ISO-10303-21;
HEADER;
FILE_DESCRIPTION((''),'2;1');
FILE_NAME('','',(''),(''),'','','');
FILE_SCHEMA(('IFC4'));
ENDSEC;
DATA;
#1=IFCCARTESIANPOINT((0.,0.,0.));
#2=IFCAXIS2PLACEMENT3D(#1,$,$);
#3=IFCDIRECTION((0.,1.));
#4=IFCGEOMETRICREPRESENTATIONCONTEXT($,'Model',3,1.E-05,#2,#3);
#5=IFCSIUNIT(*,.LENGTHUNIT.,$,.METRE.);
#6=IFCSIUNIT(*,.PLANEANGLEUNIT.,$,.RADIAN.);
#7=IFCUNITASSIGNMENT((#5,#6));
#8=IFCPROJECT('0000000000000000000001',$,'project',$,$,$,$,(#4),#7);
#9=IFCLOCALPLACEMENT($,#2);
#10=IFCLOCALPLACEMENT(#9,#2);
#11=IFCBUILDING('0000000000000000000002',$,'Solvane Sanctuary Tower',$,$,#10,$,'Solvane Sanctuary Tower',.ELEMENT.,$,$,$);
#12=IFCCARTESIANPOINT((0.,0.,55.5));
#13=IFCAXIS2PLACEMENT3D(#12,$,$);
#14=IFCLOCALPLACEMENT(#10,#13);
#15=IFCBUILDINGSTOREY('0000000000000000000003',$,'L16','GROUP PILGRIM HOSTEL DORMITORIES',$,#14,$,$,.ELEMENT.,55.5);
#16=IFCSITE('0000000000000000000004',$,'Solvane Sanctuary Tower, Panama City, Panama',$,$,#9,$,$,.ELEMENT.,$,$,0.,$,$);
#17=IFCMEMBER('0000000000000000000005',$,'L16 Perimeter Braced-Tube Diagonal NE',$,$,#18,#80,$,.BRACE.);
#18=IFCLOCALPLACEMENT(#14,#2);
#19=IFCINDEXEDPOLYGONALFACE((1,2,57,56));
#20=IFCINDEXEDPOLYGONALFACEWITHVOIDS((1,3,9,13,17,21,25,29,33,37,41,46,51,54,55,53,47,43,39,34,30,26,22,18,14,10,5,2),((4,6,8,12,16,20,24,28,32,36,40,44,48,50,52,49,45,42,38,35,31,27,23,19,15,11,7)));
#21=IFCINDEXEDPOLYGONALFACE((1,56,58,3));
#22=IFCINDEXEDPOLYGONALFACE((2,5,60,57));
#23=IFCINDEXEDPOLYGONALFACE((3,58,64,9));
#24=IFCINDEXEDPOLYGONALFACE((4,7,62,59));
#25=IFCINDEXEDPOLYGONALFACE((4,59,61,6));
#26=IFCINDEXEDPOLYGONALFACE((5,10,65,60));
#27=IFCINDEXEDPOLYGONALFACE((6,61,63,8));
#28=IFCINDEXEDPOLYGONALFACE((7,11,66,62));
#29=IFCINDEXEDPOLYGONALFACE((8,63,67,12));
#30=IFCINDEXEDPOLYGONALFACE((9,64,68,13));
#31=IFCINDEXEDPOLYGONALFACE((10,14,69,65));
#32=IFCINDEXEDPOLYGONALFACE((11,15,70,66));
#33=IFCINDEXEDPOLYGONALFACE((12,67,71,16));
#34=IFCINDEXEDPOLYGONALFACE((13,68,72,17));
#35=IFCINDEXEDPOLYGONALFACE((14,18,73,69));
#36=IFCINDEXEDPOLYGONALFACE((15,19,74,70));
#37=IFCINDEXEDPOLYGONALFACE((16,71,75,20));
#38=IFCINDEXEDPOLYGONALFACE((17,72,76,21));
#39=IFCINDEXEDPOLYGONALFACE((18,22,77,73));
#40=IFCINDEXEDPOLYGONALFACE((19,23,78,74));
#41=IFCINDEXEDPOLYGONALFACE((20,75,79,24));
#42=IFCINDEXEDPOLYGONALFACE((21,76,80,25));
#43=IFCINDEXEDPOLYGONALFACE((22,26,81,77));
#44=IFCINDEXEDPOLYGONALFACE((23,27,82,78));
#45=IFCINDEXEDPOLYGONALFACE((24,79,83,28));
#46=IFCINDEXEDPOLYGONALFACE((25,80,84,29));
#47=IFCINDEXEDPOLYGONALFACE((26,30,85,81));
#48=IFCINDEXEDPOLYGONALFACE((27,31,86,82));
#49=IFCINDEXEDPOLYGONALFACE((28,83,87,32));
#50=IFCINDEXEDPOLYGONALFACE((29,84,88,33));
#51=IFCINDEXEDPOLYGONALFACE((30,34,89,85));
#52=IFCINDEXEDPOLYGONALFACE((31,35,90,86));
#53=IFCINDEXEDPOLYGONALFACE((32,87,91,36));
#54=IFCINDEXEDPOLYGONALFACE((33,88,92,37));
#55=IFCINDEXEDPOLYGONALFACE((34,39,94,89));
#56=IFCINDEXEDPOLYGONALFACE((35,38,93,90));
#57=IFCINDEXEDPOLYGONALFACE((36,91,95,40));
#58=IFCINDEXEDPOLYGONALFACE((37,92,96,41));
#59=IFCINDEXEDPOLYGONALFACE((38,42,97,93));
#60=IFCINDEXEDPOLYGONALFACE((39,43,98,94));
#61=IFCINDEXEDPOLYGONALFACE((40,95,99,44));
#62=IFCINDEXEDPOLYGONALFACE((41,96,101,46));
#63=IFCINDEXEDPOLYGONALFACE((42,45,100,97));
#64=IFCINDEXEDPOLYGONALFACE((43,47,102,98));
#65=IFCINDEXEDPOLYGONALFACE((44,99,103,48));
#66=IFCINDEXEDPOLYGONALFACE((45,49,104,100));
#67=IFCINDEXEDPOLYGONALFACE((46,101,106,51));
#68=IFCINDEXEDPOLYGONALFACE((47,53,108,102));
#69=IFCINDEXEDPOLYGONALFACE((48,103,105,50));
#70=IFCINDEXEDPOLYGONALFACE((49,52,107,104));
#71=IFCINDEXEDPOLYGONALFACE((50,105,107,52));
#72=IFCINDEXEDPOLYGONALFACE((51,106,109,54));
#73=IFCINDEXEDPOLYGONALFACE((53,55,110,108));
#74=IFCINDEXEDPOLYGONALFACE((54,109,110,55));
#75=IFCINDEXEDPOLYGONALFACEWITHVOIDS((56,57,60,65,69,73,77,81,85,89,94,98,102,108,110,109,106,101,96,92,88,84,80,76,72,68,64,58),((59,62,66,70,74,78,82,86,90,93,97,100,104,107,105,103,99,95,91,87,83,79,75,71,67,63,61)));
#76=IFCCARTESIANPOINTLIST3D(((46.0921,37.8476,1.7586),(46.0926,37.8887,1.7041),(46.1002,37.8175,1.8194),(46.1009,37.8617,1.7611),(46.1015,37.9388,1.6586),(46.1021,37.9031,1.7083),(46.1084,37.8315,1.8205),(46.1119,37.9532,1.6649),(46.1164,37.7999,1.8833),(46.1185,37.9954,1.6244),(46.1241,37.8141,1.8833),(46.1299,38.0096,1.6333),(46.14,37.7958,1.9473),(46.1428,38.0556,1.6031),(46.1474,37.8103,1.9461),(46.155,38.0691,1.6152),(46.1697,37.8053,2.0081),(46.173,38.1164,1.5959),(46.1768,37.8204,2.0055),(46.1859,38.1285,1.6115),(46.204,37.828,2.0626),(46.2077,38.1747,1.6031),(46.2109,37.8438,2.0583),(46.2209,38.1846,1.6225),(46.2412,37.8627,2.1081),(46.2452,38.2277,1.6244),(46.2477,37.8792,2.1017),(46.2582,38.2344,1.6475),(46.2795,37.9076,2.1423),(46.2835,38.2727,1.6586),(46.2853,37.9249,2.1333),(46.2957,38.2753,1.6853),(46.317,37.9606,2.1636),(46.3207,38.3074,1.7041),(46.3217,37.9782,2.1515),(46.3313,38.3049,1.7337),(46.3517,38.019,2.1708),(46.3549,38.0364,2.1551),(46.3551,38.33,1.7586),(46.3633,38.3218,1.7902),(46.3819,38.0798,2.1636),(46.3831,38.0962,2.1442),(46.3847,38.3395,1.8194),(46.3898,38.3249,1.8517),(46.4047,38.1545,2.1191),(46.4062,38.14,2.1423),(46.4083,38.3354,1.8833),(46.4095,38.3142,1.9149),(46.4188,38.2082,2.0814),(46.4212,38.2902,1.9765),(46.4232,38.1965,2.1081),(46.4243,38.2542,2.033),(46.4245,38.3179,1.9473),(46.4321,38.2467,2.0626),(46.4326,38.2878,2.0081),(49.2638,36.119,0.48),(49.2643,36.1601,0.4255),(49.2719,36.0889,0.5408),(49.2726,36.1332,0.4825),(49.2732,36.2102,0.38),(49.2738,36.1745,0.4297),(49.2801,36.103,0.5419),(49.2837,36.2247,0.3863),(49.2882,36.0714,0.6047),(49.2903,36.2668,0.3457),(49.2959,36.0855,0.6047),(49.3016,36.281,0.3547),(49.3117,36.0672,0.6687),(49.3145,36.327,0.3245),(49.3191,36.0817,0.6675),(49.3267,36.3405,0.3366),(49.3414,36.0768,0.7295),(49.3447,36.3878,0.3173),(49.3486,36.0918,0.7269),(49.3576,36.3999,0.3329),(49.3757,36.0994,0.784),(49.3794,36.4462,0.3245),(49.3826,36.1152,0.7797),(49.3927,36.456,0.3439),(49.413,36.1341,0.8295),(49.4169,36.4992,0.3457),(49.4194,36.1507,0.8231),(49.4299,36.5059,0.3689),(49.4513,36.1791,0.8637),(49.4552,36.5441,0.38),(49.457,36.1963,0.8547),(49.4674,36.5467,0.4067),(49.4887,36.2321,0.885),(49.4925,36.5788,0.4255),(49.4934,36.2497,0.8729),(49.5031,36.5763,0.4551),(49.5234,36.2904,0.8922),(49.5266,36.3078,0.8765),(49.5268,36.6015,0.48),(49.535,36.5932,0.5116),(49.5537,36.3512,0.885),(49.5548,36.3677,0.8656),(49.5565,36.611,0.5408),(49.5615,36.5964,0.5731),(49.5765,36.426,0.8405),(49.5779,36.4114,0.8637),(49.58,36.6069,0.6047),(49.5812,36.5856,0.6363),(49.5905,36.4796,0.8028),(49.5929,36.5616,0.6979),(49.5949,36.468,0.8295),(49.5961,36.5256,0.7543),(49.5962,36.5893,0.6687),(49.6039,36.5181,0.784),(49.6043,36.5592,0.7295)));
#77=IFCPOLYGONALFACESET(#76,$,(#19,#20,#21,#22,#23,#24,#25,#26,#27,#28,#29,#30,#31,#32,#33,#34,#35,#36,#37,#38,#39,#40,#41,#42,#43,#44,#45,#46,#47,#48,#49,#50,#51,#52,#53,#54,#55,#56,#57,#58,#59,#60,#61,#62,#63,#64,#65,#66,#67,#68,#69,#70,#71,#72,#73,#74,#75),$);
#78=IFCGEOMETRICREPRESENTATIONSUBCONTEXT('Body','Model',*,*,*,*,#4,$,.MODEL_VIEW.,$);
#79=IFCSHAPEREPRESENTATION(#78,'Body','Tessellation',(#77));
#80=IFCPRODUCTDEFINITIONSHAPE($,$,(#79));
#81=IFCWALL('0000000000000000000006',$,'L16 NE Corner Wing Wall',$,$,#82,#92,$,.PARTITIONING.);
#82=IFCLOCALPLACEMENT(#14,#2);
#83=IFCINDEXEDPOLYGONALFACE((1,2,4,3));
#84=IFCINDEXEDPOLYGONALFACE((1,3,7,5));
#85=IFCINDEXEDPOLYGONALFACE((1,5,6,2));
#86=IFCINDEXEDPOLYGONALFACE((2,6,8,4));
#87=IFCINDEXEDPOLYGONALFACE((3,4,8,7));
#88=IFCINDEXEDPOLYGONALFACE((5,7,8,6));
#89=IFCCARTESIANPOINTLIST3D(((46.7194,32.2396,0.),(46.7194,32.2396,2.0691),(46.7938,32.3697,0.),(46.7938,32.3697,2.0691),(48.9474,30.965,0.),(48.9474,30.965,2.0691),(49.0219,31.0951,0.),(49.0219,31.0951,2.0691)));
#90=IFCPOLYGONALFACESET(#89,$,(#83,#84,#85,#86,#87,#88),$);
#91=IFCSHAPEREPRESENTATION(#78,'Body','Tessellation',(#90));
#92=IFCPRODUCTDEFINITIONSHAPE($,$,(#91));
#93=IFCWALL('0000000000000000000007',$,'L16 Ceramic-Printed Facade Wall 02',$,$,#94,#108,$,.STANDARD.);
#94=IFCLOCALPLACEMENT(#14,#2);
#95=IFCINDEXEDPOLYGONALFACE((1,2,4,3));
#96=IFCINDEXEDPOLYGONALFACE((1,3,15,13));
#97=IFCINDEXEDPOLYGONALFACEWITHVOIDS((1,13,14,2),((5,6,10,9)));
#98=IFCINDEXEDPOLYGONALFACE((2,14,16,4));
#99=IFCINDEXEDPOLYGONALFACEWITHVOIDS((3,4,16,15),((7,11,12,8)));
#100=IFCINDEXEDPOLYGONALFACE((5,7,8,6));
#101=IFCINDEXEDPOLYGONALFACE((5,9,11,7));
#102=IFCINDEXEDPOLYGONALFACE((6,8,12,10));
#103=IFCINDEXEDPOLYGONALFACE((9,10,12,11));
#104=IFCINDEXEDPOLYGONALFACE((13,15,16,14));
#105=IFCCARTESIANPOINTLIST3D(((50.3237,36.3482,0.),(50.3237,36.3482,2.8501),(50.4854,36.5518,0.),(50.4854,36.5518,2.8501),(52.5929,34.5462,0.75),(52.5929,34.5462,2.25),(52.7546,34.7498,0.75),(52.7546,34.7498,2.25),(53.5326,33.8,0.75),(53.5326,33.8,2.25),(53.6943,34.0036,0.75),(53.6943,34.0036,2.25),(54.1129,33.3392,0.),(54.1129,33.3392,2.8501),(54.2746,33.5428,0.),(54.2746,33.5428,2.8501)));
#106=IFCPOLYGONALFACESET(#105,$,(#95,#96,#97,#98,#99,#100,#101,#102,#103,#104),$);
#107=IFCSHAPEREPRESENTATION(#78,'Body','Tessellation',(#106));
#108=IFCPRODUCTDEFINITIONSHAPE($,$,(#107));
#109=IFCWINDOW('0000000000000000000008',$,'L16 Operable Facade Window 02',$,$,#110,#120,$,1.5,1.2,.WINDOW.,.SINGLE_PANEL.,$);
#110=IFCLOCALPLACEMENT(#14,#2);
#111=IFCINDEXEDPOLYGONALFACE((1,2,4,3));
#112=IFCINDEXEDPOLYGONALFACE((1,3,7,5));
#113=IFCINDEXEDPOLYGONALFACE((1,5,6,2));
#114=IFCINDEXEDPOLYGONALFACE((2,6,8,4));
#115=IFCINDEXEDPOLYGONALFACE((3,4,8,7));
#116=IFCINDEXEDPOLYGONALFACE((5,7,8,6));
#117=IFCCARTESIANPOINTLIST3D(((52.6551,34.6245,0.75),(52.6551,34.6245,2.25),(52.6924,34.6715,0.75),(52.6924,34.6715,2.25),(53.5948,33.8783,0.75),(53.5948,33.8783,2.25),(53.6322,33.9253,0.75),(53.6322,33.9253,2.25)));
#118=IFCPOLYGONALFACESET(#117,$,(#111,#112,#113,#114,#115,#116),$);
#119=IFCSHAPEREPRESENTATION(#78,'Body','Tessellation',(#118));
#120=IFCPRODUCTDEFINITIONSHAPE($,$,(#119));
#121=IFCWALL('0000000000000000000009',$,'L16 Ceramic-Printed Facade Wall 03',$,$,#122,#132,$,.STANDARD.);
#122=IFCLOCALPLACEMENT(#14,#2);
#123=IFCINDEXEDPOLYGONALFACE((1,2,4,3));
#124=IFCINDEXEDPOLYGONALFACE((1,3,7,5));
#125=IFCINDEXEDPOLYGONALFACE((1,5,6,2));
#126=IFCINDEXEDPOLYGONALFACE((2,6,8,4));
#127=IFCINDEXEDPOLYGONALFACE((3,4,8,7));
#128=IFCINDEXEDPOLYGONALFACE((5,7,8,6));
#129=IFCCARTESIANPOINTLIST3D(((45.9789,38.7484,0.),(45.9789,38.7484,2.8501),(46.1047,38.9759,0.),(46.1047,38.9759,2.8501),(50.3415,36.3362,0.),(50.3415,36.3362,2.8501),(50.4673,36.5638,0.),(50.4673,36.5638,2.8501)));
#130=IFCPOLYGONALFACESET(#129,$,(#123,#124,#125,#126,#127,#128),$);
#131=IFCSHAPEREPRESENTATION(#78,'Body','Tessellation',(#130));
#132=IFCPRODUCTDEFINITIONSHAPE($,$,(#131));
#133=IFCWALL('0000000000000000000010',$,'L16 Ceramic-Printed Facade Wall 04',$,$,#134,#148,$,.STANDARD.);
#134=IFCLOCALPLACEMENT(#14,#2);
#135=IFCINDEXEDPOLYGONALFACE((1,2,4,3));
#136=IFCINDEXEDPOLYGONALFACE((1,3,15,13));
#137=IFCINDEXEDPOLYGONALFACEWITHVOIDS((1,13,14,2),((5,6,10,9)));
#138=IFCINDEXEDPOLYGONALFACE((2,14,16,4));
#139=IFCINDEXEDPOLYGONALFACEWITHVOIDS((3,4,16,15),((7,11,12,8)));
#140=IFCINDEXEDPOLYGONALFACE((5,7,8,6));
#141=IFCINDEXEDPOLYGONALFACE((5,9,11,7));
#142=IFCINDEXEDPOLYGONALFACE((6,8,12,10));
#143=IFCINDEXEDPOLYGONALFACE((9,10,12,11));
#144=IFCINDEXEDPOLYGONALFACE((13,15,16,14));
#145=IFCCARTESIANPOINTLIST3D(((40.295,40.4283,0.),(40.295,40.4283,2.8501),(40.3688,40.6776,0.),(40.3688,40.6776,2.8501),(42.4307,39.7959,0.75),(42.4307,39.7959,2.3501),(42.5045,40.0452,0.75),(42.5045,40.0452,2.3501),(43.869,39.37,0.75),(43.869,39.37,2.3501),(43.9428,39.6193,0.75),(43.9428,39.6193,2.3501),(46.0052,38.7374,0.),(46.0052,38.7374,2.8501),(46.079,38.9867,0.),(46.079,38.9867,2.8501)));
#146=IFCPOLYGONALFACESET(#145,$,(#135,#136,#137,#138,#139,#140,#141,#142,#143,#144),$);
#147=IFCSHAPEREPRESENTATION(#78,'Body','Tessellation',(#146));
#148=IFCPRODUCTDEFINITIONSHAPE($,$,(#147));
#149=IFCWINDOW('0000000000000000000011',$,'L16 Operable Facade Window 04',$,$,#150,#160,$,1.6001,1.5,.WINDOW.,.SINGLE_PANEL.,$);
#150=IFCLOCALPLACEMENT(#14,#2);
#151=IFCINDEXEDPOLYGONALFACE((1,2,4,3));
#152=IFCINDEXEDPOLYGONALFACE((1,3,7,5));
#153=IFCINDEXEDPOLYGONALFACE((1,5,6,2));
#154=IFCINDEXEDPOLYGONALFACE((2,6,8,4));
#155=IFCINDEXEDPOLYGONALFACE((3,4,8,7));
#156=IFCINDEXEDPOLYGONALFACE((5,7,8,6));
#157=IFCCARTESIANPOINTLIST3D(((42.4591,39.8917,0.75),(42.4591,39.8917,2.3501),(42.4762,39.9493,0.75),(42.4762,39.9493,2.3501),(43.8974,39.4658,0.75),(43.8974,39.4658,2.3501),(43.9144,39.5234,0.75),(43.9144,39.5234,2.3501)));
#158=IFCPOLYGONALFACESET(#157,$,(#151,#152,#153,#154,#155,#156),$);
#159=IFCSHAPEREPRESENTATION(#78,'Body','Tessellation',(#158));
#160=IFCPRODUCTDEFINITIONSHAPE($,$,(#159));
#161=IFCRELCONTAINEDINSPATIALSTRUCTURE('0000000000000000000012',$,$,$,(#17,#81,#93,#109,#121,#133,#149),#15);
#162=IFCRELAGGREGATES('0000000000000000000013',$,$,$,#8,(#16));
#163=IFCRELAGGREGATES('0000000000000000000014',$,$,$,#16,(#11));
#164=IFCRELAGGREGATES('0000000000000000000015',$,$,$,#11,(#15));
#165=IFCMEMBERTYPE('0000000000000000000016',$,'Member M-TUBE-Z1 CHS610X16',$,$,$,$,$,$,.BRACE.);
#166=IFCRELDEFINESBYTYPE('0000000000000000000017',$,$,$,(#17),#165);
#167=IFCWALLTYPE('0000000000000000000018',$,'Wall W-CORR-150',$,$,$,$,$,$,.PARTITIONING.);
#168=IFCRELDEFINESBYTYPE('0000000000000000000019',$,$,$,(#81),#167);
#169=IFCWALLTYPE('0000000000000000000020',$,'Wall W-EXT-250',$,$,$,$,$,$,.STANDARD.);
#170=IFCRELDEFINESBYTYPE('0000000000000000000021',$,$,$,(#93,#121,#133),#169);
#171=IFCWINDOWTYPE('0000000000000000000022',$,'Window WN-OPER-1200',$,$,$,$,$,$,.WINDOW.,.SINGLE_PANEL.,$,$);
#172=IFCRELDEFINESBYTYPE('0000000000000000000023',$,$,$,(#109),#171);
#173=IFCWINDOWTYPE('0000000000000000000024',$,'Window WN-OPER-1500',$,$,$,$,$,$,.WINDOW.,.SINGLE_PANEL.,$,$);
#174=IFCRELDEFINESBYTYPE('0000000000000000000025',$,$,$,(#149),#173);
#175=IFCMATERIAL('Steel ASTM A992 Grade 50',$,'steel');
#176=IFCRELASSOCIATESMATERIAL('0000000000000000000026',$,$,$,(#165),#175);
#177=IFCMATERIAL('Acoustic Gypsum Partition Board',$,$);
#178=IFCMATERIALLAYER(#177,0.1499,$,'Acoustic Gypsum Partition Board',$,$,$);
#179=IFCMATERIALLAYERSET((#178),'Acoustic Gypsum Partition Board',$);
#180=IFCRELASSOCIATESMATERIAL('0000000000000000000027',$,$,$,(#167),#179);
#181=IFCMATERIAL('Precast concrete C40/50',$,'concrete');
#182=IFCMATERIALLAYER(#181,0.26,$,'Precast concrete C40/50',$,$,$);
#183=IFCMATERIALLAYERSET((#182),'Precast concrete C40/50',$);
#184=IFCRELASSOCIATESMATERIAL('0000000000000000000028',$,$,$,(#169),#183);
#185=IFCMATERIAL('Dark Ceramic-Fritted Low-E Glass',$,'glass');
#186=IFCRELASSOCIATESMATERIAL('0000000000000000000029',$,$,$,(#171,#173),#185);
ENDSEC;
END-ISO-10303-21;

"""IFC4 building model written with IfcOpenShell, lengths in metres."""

from ifc_helpers import new_model, si_unit, direction, frame, frame_2d, origin, origin_2d, place, context, subcontext, project, spatial, rectangle, hollow_circle, extrude, material, layer, layer_set, material_profile, profile_set, type_object, element, fill, save


model = new_model("IFC4")

# Units and contexts
model_context = context("Model", 3, precision=1e-05, world=origin(), true_north=direction((0.0, 1.0)))
body_context = subcontext(model_context, "Body", "Model", "MODEL_VIEW")
ifc_project = project(units=[si_unit("LENGTHUNIT", "METRE"), si_unit("PLANEANGLEUNIT", "RADIAN")], contexts=[model_context])

# Site, building, storey
site_placement = place(None, origin())
site = spatial("IfcSite", under=ifc_project, at=site_placement, Name="Solvane Sanctuary Tower, Panama City, Panama", CompositionType="ELEMENT", RefElevation=0.0)
building_placement = place(site_placement, origin())
building = spatial("IfcBuilding", under=site, at=building_placement, Name="Solvane Sanctuary Tower", LongName="Solvane Sanctuary Tower", CompositionType="ELEMENT")
storey_placement = place(building_placement, frame((0.0, 0.0, 55.5)))
storey = spatial("IfcBuildingStorey", under=building, at=storey_placement, Name="L16", Description="GROUP PILGRIM HOSTEL DORMITORIES", CompositionType="ELEMENT", Elevation=55.5)

# Shared definitions
ifc_material_1 = material(Name="Steel ASTM A992 Grade 50", Category="steel")

# Member
ifc_material_profile_1 = material_profile(ifc_material_1, hollow_circle(Radius=0.3049, WallThickness=0.0161, at=origin_2d()), Name="CHS610X16")
ifc_profile_set_1 = profile_set([ifc_material_profile_1], Name="Steel ASTM A992 Grade 50")
member_type = type_object("IfcMemberType", Name="Member M-TUBE-Z1 CHS610X16", PredefinedType="BRACE", material=ifc_profile_set_1)
member_placement = place(storey_placement, frame((49.4341, 36.3391, 0.6047), z_axis=(-0.82774, 0.451112, 0.333683), x_axis=(-0.47854, -0.878066, 0.0)))
element("IfcMember", 1, at=member_placement, inside=storey, type_object=member_type, Name="L16 Perimeter Braced-Tube Diagonal NE", PredefinedType="BRACE", context=body_context, shape_type="SweptSolid", body=[
    extrude(hollow_circle(Radius=0.3049, WallThickness=0.0161, at=origin_2d()), origin(), (0.0, 0.0, 1.0), 3.8318),
])

# Wall
ifc_material_2 = material(Name="Acoustic Gypsum Partition Board")
ifc_layer_1 = layer(ifc_material_2, 0.1499, Name="Acoustic Gypsum Partition Board")
ifc_layer_set_1 = layer_set([ifc_layer_1], Name="Acoustic Gypsum Partition Board")
wall_type_1 = type_object("IfcWallType", Name="Wall W-CORR-150", PredefinedType="PARTITIONING", material=ifc_layer_set_1)
wall_1_placement = place(storey_placement, frame((46.7566, 32.3047, 0.0), z_axis=(0.0, 0.0, 1.0), x_axis=(0.867991, -0.496579, 0.0)))
element("IfcWall", 2, at=wall_1_placement, inside=storey, type_object=wall_type_1, Name="L16 NE Corner Wing Wall", PredefinedType="PARTITIONING", context=body_context, shape_type="SweptSolid", body=[
    extrude(rectangle(XDim=2.5669, YDim=0.1499, at=frame_2d((1.2834, 0.0))), origin(), (0.0, 0.0, 1.0), 2.0691),
])

# Wall, opening, window
ifc_material_3 = material(Name="Precast concrete C40/50", Category="concrete")
ifc_layer_2 = layer(ifc_material_3, 0.26, Name="Precast concrete C40/50")
ifc_layer_set_2 = layer_set([ifc_layer_2], Name="Precast concrete C40/50")
wall_type_2 = type_object("IfcWallType", Name="Wall W-EXT-250", PredefinedType="STANDARD", material=ifc_layer_set_2)
wall_2_placement = place(storey_placement, frame((54.1938, 33.4409, 0.0), z_axis=(0.0, 0.0, 1.0), x_axis=(-0.783123, 0.621867, 0.0)))
wall_2 = element("IfcWall", 3, at=wall_2_placement, inside=storey, type_object=wall_type_2, Name="L16 Ceramic-Printed Facade Wall 02", PredefinedType="STANDARD", context=body_context, shape_type="SweptSolid", body=[
    extrude(rectangle(XDim=4.8386, YDim=0.26, at=frame_2d((2.4194, 0.0))), origin(), (0.0, 0.0, 1.0), 2.8501),
])
opening_1_placement = place(wall_2_placement, frame((0.741, 0.0, 0.75)))
opening_1 = element("IfcOpeningElement", 4, at=opening_1_placement, cuts=wall_2, PredefinedType="OPENING", context=body_context, shape_type="SweptSolid", body=[
    extrude(rectangle(XDim=1.2, YDim=1.5, at=frame_2d((0.6001, 0.75))), frame((0.0, 0.1399, 0.0), z_axis=(0.0, -1.0, 0.0), x_axis=(1.0, 0.0, 0.0)), (0.0, 0.0, 1.0), 0.28),
])
ifc_material_4 = material(Name="Dark Ceramic-Fritted Low-E Glass", Category="glass")
window_type_1 = type_object("IfcWindowType", Name="Window WN-OPER-1200", PartitioningType="SINGLE_PANEL", PredefinedType="WINDOW", material=ifc_material_4)
window_1_placement = place(opening_1_placement, origin())
window_1 = element("IfcWindow", 5, at=window_1_placement, inside=storey, type_object=window_type_1, Name="L16 Operable Facade Window 02", OverallHeight=1.5, OverallWidth=1.2, PartitioningType="SINGLE_PANEL", PredefinedType="WINDOW", context=body_context, shape_type="SweptSolid", body=[
    extrude(rectangle(XDim=1.2, YDim=1.5, at=frame_2d((0.6001, 0.75))), frame((0.0, 0.03, 0.0), z_axis=(0.0, -1.0, 0.0), x_axis=(1.0, 0.0, 0.0)), (0.0, 0.0, 1.0), 0.0601),
])
fill(opening_1, window_1)

# Wall
wall_3_placement = place(storey_placement, frame((50.4045, 36.45, 0.0), z_axis=(0.0, 0.0, 1.0), x_axis=(-0.875137, 0.483875, 0.0)))
element("IfcWall", 6, at=wall_3_placement, inside=storey, type_object=wall_type_2, Name="L16 Ceramic-Printed Facade Wall 03", PredefinedType="STANDARD", context=body_context, shape_type="SweptSolid", body=[
    extrude(rectangle(XDim=4.9851, YDim=0.26, at=frame_2d((2.4927, 0.0))), origin(), (0.0, 0.0, 1.0), 2.8501),
])

# Wall, opening, window
wall_4_placement = place(storey_placement, frame((46.042, 38.8621, 0.0), z_axis=(0.0, 0.0, 1.0), x_axis=(-0.958844, 0.283935, 0.0)))
wall_4 = element("IfcWall", 7, at=wall_4_placement, inside=storey, type_object=wall_type_2, Name="L16 Ceramic-Printed Facade Wall 04", PredefinedType="STANDARD", context=body_context, shape_type="SweptSolid", body=[
    extrude(rectangle(XDim=5.9553, YDim=0.26, at=frame_2d((2.9775, 0.0))), origin(), (0.0, 0.0, 1.0), 2.8501),
])
opening_2_placement = place(wall_4_placement, frame((2.2278, 0.0, 0.75)))
opening_2 = element("IfcOpeningElement", 8, at=opening_2_placement, cuts=wall_4, PredefinedType="OPENING", context=body_context, shape_type="SweptSolid", body=[
    extrude(rectangle(XDim=1.5, YDim=1.6001, at=frame_2d((0.75, 0.8))), frame((0.0, 0.1399, 0.0), z_axis=(0.0, -1.0, 0.0), x_axis=(1.0, 0.0, 0.0)), (0.0, 0.0, 1.0), 0.28),
])
window_type_2 = type_object("IfcWindowType", Name="Window WN-OPER-1500", PartitioningType="SINGLE_PANEL", PredefinedType="WINDOW", material=ifc_material_4)
window_2_placement = place(opening_2_placement, origin())
window_2 = element("IfcWindow", 9, at=window_2_placement, inside=storey, type_object=window_type_2, Name="L16 Operable Facade Window 04", OverallHeight=1.6001, OverallWidth=1.5, PartitioningType="SINGLE_PANEL", PredefinedType="WINDOW", context=body_context, shape_type="SweptSolid", body=[
    extrude(rectangle(XDim=1.5, YDim=1.6001, at=frame_2d((0.75, 0.8))), frame((0.0, 0.03, 0.0), z_axis=(0.0, -1.0, 0.0), x_axis=(1.0, 0.0, 0.0)), (0.0, 0.0, 1.0), 0.0601),
])
fill(opening_2, window_2)

save(model, "model.ifc")
